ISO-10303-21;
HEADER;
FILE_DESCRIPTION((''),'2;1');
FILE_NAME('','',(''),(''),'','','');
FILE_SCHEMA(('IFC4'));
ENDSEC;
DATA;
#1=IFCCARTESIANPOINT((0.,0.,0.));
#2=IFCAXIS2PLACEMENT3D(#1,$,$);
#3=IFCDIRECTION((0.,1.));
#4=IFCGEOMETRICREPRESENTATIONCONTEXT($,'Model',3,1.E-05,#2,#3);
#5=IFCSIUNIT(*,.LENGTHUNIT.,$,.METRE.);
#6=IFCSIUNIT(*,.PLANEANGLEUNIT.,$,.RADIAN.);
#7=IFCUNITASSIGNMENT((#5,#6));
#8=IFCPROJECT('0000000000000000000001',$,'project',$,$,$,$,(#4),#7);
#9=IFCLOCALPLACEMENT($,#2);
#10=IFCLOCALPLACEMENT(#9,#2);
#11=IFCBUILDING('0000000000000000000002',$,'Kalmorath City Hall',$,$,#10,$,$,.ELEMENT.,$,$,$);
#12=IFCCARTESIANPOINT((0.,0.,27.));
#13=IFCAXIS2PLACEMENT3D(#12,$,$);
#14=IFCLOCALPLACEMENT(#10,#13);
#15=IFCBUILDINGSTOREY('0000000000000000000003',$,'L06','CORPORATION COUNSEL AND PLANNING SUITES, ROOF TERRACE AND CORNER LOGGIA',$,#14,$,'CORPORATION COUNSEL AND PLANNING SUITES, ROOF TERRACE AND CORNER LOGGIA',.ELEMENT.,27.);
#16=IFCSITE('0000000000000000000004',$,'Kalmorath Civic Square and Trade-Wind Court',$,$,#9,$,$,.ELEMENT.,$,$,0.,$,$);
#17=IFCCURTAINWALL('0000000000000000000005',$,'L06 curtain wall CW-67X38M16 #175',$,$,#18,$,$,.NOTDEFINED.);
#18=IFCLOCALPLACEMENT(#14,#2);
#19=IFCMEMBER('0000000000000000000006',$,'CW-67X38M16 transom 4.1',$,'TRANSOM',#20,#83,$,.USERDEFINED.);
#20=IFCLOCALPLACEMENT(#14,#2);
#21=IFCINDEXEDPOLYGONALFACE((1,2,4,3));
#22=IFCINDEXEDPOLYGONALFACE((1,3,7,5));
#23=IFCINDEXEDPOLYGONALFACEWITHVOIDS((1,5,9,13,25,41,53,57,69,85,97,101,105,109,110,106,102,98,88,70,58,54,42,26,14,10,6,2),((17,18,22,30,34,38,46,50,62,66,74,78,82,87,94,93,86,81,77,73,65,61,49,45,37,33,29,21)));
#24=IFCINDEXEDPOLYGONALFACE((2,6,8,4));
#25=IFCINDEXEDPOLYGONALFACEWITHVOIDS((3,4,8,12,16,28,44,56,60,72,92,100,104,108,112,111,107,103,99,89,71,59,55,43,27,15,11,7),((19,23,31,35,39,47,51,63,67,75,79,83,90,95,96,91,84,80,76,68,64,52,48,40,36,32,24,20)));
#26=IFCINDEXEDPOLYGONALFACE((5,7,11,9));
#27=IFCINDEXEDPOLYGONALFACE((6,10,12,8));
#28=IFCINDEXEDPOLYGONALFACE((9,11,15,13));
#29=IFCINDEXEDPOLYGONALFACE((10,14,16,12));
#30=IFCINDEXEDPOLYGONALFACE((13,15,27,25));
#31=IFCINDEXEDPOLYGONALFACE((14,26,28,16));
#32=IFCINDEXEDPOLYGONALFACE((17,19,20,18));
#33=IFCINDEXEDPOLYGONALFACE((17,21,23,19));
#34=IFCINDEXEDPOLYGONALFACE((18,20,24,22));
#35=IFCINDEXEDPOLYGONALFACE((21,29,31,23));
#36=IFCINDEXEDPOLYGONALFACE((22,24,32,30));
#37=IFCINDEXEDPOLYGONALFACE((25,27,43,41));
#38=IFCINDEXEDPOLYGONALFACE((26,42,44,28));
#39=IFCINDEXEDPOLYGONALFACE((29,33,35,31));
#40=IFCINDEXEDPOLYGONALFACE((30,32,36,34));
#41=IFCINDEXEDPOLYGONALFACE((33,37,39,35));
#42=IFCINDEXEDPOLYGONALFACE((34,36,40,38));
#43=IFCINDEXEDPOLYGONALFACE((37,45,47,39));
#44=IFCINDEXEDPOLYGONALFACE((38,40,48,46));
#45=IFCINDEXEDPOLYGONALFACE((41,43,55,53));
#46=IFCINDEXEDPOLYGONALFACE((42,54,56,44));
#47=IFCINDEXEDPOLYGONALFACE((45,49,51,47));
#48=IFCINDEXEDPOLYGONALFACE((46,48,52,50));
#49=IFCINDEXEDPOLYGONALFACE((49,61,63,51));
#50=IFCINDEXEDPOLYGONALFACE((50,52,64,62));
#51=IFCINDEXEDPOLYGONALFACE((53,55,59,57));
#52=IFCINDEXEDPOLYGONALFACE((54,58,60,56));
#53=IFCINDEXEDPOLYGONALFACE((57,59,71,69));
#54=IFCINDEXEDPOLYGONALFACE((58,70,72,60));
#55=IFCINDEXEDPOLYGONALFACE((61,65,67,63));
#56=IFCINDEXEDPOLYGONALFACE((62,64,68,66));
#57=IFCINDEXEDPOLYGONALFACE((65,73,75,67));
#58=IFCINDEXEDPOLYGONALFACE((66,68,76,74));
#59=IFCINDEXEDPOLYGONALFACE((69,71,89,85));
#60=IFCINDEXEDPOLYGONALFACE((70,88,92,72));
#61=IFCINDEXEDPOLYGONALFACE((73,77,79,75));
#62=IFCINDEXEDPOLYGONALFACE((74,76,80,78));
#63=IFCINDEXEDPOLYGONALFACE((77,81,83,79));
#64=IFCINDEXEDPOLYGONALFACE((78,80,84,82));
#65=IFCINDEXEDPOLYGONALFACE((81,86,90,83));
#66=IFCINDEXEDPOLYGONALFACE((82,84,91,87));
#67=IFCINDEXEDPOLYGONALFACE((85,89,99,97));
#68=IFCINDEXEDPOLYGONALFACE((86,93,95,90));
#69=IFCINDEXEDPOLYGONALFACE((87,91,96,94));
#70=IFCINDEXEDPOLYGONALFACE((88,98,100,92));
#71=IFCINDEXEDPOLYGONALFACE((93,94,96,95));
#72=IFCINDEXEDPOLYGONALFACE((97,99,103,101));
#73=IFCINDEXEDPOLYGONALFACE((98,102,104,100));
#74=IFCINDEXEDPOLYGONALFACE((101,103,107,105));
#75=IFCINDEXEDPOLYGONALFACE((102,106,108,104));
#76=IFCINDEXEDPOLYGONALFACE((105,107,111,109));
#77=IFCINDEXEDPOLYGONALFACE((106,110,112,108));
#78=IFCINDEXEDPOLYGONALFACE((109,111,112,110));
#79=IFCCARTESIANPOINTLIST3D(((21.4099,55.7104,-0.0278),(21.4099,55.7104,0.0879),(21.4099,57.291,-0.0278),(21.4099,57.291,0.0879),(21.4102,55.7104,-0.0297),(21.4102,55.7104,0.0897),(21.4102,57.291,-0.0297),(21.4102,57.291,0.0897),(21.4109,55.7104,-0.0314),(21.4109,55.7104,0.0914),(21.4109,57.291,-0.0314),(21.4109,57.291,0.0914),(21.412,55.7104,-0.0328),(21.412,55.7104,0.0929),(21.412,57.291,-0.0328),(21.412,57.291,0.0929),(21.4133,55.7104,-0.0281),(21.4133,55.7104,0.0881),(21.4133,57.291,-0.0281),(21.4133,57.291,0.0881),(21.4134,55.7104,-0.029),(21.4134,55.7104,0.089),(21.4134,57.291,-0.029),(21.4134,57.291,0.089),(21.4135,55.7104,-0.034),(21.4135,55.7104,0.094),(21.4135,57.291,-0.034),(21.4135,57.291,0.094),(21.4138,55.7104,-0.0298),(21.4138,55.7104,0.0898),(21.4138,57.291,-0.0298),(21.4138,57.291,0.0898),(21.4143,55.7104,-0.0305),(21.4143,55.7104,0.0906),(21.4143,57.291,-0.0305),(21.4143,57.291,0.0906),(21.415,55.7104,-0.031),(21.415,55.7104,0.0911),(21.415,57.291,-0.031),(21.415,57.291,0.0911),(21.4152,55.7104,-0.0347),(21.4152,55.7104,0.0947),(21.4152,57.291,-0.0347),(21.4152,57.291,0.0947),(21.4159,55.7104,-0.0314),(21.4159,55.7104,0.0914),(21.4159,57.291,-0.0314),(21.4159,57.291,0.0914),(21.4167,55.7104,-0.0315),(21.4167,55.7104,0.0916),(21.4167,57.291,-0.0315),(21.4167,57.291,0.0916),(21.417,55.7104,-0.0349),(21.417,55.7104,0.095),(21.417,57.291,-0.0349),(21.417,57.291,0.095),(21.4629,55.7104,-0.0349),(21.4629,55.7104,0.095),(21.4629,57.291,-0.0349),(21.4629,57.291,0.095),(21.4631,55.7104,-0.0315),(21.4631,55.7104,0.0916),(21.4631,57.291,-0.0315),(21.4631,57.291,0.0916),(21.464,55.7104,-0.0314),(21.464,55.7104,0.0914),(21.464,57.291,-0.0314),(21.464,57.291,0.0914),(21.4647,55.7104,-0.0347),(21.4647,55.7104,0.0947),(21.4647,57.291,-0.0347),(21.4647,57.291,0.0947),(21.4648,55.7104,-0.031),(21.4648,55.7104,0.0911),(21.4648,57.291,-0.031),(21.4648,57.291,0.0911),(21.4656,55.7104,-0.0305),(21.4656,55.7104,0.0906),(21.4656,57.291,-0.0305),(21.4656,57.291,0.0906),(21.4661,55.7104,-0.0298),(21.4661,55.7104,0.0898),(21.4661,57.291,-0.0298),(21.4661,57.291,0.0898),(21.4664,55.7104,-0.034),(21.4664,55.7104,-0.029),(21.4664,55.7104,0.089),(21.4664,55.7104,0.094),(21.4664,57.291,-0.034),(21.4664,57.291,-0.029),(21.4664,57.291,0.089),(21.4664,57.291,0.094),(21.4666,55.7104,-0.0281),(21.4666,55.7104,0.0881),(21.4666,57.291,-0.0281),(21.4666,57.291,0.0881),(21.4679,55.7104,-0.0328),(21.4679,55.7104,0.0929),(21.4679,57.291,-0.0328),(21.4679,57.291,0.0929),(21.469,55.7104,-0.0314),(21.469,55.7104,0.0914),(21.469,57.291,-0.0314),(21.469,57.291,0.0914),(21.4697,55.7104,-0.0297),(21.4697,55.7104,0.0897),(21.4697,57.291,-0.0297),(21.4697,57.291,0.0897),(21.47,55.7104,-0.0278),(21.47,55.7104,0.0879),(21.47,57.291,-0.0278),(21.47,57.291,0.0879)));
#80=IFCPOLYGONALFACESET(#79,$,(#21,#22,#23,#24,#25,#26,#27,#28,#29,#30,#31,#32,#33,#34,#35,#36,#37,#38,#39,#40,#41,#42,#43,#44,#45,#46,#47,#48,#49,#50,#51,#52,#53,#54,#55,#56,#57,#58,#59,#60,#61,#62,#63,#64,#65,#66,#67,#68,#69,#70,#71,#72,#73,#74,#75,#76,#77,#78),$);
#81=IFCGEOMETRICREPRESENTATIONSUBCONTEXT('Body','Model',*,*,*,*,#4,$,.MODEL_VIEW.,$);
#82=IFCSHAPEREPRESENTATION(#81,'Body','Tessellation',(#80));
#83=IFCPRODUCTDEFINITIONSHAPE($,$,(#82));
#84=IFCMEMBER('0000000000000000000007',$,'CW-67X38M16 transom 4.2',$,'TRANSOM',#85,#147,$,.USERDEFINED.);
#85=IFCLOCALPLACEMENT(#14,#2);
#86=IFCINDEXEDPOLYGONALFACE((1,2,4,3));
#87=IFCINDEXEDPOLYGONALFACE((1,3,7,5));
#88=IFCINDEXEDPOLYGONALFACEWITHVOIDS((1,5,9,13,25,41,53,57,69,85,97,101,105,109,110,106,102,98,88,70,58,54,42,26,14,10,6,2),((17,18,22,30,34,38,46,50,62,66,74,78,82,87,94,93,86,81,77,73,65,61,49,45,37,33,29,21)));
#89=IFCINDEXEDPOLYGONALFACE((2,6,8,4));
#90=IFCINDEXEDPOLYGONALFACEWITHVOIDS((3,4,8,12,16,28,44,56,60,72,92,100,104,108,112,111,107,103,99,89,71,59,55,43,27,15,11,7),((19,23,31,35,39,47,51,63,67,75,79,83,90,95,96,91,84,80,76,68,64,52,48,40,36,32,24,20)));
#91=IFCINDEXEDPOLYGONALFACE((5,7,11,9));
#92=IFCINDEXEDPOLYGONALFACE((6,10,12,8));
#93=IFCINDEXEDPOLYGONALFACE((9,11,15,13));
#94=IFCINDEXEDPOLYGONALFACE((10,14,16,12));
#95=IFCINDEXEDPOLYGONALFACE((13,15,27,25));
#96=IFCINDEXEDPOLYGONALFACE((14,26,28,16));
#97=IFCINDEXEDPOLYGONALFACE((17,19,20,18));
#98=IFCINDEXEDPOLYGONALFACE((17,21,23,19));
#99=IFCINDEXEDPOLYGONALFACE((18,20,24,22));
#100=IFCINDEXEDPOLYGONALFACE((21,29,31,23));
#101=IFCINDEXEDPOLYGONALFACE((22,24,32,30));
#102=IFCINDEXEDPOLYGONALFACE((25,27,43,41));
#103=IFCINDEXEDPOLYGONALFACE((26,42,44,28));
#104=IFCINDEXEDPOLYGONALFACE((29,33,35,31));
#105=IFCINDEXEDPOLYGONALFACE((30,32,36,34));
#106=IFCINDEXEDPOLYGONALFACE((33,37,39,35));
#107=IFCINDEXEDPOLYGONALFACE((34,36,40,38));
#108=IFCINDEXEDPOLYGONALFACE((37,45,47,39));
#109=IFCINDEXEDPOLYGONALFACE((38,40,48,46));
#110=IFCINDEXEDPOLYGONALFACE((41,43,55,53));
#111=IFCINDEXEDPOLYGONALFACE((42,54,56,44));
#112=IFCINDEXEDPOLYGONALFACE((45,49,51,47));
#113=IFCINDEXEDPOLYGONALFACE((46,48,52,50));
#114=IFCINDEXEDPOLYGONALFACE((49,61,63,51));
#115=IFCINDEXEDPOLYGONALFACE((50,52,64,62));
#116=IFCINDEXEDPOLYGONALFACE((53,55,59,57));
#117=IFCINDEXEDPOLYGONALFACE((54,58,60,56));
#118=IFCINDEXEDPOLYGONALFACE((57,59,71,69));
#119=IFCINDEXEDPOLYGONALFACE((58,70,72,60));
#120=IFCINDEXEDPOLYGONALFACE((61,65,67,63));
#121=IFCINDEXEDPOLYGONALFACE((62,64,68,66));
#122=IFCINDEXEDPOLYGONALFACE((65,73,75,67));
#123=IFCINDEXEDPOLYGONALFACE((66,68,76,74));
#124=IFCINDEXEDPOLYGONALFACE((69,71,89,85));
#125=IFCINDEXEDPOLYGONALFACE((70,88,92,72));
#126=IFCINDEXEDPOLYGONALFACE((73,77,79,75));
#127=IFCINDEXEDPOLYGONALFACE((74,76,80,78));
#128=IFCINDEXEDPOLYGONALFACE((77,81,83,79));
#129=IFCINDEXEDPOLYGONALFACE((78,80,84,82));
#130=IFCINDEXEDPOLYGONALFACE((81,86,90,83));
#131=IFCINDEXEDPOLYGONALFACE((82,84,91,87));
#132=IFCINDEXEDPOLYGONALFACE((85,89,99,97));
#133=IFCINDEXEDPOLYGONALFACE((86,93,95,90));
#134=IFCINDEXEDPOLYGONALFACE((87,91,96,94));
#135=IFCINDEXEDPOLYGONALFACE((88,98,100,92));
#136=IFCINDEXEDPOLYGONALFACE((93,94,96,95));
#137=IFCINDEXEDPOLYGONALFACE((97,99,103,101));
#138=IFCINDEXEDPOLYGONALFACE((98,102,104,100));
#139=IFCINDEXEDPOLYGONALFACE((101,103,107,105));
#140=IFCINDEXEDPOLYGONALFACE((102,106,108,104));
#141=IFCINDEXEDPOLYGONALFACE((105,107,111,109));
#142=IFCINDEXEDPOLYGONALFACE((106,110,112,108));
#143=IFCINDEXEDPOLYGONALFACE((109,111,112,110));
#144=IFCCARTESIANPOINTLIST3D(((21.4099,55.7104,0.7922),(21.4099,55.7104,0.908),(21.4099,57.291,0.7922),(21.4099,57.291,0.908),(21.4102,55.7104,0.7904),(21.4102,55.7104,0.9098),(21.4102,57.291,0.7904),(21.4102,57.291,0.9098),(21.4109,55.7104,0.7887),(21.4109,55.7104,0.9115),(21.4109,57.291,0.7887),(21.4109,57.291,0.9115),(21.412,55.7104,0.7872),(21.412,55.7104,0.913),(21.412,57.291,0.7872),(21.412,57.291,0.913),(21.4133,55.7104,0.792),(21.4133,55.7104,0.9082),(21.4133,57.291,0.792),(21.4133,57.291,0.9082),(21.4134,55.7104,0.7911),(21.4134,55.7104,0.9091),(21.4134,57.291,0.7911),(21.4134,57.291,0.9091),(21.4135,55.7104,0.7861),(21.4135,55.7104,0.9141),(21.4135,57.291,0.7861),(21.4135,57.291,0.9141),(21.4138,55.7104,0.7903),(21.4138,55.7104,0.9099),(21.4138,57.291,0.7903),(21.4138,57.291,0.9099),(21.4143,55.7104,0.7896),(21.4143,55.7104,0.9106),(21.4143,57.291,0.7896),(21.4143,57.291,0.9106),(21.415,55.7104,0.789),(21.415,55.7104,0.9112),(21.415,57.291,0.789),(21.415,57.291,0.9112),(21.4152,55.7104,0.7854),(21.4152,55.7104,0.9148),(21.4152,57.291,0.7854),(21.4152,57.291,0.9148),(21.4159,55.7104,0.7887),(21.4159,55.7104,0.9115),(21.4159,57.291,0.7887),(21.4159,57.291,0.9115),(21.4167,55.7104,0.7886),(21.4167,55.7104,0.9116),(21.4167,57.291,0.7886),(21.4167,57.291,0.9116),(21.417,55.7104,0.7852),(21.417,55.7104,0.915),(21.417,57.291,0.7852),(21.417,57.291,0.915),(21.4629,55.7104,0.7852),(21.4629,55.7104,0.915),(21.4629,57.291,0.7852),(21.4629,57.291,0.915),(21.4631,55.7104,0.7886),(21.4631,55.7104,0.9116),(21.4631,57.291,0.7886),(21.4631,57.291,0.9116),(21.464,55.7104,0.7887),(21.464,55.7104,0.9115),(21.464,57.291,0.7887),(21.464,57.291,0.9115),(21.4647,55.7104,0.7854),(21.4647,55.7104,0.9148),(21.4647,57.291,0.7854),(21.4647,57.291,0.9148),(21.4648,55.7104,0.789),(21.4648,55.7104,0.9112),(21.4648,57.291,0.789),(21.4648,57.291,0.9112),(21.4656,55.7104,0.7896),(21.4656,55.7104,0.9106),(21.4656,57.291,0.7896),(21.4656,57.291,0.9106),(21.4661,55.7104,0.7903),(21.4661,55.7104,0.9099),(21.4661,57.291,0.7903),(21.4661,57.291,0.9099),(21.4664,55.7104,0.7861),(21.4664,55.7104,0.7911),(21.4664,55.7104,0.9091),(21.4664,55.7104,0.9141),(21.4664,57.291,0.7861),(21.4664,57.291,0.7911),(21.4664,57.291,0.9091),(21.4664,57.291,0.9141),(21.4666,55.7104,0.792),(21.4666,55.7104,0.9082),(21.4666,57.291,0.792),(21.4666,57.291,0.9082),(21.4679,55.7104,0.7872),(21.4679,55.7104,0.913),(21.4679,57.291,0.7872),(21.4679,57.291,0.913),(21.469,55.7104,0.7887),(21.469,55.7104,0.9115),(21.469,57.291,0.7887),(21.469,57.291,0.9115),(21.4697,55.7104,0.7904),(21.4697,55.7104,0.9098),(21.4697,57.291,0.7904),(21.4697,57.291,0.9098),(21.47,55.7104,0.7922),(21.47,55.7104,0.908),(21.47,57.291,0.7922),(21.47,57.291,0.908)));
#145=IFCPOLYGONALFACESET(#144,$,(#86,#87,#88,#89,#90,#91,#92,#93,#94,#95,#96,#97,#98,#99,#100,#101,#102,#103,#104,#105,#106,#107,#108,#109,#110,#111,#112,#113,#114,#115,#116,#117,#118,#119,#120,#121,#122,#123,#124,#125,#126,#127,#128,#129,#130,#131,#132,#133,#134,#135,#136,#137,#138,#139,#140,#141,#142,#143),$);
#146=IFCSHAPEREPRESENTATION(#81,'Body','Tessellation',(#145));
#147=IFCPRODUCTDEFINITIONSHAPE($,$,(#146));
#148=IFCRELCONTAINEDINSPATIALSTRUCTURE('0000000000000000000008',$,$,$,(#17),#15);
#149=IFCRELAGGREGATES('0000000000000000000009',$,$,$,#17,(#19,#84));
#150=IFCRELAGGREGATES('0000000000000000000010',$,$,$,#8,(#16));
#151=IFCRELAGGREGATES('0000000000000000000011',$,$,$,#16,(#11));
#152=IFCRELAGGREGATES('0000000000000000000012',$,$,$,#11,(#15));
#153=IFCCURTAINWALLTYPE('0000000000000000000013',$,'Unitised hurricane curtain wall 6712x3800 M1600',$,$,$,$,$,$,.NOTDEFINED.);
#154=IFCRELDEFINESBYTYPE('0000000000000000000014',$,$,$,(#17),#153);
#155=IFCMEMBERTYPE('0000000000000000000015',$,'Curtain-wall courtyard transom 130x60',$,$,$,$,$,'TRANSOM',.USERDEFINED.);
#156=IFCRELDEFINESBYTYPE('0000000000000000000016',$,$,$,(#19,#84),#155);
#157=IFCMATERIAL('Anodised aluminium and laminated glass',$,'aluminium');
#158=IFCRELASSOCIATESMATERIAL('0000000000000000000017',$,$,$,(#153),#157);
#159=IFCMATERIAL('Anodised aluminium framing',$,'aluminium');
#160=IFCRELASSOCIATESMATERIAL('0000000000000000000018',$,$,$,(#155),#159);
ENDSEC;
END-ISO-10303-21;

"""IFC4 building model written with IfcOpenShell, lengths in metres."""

from ifc_helpers import new_model, si_unit, direction, frame, origin, origin_2d, place, context, subcontext, project, spatial, hollow_rectangle, extrude, material, material_profile, profile_set, type_object, element, aggregate, save


model = new_model("IFC4")

# Units and contexts
model_context = context("Model", 3, precision=1e-05, world=origin(), true_north=direction((0.0, 1.0)))
body_context = subcontext(model_context, "Body", "Model", "MODEL_VIEW")
ifc_project = project(units=[si_unit("LENGTHUNIT", "METRE"), si_unit("PLANEANGLEUNIT", "RADIAN")], contexts=[model_context])

# Site, building, storey
site_placement = place(None, origin())
site = spatial("IfcSite", under=ifc_project, at=site_placement, Name="Kalmorath Civic Square and Trade-Wind Court", CompositionType="ELEMENT", RefElevation=0.0)
building_placement = place(site_placement, origin())
building = spatial("IfcBuilding", under=site, at=building_placement, Name="Kalmorath City Hall", CompositionType="ELEMENT")
storey_placement = place(building_placement, frame((0.0, 0.0, 27.0)))
storey = spatial("IfcBuildingStorey", under=building, at=storey_placement, Name="L06", Description="CORPORATION COUNSEL AND PLANNING SUITES, ROOF TERRACE AND CORNER LOGGIA", LongName="CORPORATION COUNSEL AND PLANNING SUITES, ROOF TERRACE AND CORNER LOGGIA", CompositionType="ELEMENT", Elevation=27.0)

# Curtain wall, members
ifc_material_1 = material(Name="Anodised aluminium and laminated glass", Category="aluminium")
curtain_wall_type = type_object("IfcCurtainWallType", Name="Unitised hurricane curtain wall 6712x3800 M1600", PredefinedType="NOTDEFINED", material=ifc_material_1)
curtain_wall_placement = place(storey_placement, origin())
curtain_wall = element("IfcCurtainWall", 1, at=curtain_wall_placement, inside=storey, type_object=curtain_wall_type, Name="L06 curtain wall CW-67X38M16 #175", PredefinedType="NOTDEFINED")
ifc_material_2 = material(Name="Anodised aluminium framing", Category="aluminium")
ifc_material_profile_1 = material_profile(ifc_material_2, hollow_rectangle(XDim=0.0601, YDim=0.1299, WallThickness=0.0034, InnerFilletRadius=0.0034, OuterFilletRadius=0.0071, at=origin_2d()), Name="ALU-TRN-130X60X3.5")
ifc_profile_set_1 = profile_set([ifc_material_profile_1], Name="Anodised aluminium framing")
member_type_1 = type_object("IfcMemberType", Name="Curtain-wall courtyard transom 130x60", ElementType="TRANSOM", PredefinedType="USERDEFINED", material=ifc_profile_set_1)
member_1_placement = place(storey_placement, frame((21.4399, 55.7104, 0.03), z_axis=(0.0, 1.0, 0.0), x_axis=(-1.0, 0.0, 0.0)))
member_1 = element("IfcMember", 2, at=member_1_placement, type_object=member_type_1, Name="CW-67X38M16 transom 4.1", ObjectType="TRANSOM", PredefinedType="USERDEFINED", context=body_context, shape_type="SweptSolid", body=[
    extrude(hollow_rectangle(XDim=0.0601, YDim=0.1299, WallThickness=0.0034, InnerFilletRadius=0.0034, OuterFilletRadius=0.0071, at=origin_2d()), origin(), (0.0, 0.0, 1.0), 1.5806),
])
member_2_placement = place(storey_placement, frame((21.4399, 55.7104, 0.8501), z_axis=(0.0, 1.0, 0.0), x_axis=(-1.0, 0.0, 0.0)))
member_2 = element("IfcMember", 3, at=member_2_placement, type_object=member_type_1, Name="CW-67X38M16 transom 4.2", ObjectType="TRANSOM", PredefinedType="USERDEFINED", context=body_context, shape_type="SweptSolid", body=[
    extrude(hollow_rectangle(XDim=0.0601, YDim=0.1299, WallThickness=0.0034, InnerFilletRadius=0.0034, OuterFilletRadius=0.0071, at=origin_2d()), origin(), (0.0, 0.0, 1.0), 1.5806),
])

aggregate(curtain_wall, [member_1, member_2])

save(model, "model.ifc")
